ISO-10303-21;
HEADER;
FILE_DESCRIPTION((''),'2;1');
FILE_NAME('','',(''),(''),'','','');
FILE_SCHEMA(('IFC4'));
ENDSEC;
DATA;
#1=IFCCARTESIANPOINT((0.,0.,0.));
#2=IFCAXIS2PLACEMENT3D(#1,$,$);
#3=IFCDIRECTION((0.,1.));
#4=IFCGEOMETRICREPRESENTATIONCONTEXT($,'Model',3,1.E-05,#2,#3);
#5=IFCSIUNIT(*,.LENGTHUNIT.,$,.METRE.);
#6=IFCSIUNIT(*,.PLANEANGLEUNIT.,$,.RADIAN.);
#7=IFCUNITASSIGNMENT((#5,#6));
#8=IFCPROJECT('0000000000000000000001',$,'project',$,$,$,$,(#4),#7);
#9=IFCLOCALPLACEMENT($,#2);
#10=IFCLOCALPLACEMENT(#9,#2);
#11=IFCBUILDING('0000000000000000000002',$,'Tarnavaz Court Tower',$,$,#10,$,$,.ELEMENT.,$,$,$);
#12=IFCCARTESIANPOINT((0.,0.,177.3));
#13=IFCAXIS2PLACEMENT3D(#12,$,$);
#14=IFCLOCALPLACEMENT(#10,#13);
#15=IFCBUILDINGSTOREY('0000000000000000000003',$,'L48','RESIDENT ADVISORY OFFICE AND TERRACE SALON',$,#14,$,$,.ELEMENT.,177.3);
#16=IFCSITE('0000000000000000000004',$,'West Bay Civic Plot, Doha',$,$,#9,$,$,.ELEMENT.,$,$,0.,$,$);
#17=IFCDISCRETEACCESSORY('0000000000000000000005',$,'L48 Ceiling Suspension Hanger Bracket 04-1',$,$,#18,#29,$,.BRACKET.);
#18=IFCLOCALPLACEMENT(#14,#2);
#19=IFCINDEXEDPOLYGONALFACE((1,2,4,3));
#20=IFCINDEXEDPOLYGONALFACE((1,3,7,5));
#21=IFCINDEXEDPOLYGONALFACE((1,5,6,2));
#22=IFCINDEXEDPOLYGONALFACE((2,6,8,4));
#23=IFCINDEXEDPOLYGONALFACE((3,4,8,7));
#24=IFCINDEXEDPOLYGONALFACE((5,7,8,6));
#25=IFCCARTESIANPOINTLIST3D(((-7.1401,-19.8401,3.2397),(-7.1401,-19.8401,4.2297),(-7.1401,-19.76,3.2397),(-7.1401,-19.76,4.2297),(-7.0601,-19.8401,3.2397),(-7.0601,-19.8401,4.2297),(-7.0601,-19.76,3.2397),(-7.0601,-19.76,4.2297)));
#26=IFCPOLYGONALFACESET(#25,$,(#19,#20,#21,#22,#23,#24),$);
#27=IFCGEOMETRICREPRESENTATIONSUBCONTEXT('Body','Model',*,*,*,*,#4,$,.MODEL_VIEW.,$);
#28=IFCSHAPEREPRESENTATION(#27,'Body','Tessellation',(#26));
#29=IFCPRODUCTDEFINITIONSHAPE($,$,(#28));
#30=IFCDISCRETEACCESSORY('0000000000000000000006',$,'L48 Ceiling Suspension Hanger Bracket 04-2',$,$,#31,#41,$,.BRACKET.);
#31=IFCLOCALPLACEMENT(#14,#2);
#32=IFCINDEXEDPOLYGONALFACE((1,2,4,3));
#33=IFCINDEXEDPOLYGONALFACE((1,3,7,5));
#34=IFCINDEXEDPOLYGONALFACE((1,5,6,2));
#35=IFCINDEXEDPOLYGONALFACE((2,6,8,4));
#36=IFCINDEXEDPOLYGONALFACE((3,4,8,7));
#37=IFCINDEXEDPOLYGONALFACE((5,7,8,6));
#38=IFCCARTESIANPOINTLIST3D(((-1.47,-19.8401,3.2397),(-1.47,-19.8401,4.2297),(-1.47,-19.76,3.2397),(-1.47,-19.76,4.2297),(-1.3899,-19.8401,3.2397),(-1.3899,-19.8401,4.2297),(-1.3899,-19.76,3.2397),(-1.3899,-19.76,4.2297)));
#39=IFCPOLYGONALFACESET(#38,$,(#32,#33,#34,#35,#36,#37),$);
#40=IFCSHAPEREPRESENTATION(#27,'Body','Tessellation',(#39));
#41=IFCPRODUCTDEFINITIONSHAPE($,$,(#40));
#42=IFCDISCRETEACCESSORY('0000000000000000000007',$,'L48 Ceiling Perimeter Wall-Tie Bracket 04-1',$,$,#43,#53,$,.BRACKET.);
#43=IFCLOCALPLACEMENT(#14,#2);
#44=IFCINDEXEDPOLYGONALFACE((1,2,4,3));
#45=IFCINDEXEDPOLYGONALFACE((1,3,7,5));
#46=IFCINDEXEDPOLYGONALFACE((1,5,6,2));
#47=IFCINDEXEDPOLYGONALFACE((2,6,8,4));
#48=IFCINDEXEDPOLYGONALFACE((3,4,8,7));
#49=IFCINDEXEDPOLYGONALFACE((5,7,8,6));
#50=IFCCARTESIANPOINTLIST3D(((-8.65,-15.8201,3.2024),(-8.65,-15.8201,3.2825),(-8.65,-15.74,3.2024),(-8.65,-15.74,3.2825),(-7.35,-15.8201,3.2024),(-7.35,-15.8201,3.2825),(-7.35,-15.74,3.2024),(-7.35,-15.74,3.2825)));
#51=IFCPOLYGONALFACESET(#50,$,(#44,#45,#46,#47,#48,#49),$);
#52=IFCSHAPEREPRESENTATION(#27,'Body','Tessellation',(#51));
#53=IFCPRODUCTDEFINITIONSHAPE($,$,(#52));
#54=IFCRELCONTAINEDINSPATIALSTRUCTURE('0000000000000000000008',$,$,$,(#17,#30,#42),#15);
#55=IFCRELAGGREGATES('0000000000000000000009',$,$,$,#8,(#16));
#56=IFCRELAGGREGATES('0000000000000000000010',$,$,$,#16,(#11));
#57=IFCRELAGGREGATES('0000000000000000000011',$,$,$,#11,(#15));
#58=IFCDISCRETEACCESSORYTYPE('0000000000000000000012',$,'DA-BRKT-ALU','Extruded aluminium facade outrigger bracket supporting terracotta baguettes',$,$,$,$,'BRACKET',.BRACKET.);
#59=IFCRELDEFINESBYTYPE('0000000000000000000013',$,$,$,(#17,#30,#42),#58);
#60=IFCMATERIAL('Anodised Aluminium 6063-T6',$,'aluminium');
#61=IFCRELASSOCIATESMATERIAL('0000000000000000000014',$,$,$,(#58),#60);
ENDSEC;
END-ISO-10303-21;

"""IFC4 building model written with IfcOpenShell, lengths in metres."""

from ifc_helpers import new_model, si_unit, direction, frame, origin, origin_2d, place, context, subcontext, project, spatial, rectangle, extrude, material, type_object, element, save


model = new_model("IFC4")

# Units and contexts
model_context = context("Model", 3, precision=1e-05, world=origin(), true_north=direction((0.0, 1.0)))
body_context = subcontext(model_context, "Body", "Model", "MODEL_VIEW")
ifc_project = project(units=[si_unit("LENGTHUNIT", "METRE"), si_unit("PLANEANGLEUNIT", "RADIAN")], contexts=[model_context])

# Site, building, storey
site_placement = place(None, origin())
site = spatial("IfcSite", under=ifc_project, at=site_placement, Name="West Bay Civic Plot, Doha", CompositionType="ELEMENT", RefElevation=0.0)
building_placement = place(site_placement, origin())
building = spatial("IfcBuilding", under=site, at=building_placement, Name="Tarnavaz Court Tower", CompositionType="ELEMENT")
storey_placement = place(building_placement, frame((0.0, 0.0, 177.3)))
storey = spatial("IfcBuildingStorey", under=building, at=storey_placement, Name="L48", Description="RESIDENT ADVISORY OFFICE AND TERRACE SALON", CompositionType="ELEMENT", Elevation=177.3)

# Shared definitions
ifc_material_1 = material(Name="Anodised Aluminium 6063-T6", Category="aluminium")

# Discrete accessories
discrete_accessory_type = type_object("IfcDiscreteAccessoryType", Name="DA-BRKT-ALU", Description="Extruded aluminium facade outrigger bracket supporting terracotta baguettes", ElementType="BRACKET", PredefinedType="BRACKET", material=ifc_material_1)
for number, where, z_axis, x_axis, name in (
    (1, (-7.1001, -19.8, 3.2397), (0.0, 0.0, 1.0), (1.0, 0.0, 0.0), "L48 Ceiling Suspension Hanger Bracket 04-1"),
    (2, (-1.4299, -19.8, 3.2397), (0.0, 0.0, 1.0), (1.0, 0.0, 0.0), "L48 Ceiling Suspension Hanger Bracket 04-2"),
):
    element("IfcDiscreteAccessory", number, at=place(storey_placement, frame(where, z_axis=z_axis, x_axis=x_axis)), inside=storey, type_object=discrete_accessory_type, Name=name, PredefinedType="BRACKET", context=body_context, shape_type="SweptSolid", body=[
        extrude(rectangle(XDim=0.0801, YDim=0.0801, at=origin_2d()), origin(), (0.0, 0.0, 1.0), 0.99),
    ])
discrete_accessory_1_placement = place(storey_placement, frame((-8.0, -15.78, 3.2024), z_axis=(0.0, 0.0, 1.0), x_axis=(1.0, 0.0, 0.0)))
element("IfcDiscreteAccessory", 3, at=discrete_accessory_1_placement, inside=storey, type_object=discrete_accessory_type, Name="L48 Ceiling Perimeter Wall-Tie Bracket 04-1", PredefinedType="BRACKET", context=body_context, shape_type="SweptSolid", body=[
    extrude(rectangle(XDim=1.3, YDim=0.0801, at=origin_2d()), origin(), (0.0, 0.0, 1.0), 0.0801),
])

save(model, "model.ifc")
